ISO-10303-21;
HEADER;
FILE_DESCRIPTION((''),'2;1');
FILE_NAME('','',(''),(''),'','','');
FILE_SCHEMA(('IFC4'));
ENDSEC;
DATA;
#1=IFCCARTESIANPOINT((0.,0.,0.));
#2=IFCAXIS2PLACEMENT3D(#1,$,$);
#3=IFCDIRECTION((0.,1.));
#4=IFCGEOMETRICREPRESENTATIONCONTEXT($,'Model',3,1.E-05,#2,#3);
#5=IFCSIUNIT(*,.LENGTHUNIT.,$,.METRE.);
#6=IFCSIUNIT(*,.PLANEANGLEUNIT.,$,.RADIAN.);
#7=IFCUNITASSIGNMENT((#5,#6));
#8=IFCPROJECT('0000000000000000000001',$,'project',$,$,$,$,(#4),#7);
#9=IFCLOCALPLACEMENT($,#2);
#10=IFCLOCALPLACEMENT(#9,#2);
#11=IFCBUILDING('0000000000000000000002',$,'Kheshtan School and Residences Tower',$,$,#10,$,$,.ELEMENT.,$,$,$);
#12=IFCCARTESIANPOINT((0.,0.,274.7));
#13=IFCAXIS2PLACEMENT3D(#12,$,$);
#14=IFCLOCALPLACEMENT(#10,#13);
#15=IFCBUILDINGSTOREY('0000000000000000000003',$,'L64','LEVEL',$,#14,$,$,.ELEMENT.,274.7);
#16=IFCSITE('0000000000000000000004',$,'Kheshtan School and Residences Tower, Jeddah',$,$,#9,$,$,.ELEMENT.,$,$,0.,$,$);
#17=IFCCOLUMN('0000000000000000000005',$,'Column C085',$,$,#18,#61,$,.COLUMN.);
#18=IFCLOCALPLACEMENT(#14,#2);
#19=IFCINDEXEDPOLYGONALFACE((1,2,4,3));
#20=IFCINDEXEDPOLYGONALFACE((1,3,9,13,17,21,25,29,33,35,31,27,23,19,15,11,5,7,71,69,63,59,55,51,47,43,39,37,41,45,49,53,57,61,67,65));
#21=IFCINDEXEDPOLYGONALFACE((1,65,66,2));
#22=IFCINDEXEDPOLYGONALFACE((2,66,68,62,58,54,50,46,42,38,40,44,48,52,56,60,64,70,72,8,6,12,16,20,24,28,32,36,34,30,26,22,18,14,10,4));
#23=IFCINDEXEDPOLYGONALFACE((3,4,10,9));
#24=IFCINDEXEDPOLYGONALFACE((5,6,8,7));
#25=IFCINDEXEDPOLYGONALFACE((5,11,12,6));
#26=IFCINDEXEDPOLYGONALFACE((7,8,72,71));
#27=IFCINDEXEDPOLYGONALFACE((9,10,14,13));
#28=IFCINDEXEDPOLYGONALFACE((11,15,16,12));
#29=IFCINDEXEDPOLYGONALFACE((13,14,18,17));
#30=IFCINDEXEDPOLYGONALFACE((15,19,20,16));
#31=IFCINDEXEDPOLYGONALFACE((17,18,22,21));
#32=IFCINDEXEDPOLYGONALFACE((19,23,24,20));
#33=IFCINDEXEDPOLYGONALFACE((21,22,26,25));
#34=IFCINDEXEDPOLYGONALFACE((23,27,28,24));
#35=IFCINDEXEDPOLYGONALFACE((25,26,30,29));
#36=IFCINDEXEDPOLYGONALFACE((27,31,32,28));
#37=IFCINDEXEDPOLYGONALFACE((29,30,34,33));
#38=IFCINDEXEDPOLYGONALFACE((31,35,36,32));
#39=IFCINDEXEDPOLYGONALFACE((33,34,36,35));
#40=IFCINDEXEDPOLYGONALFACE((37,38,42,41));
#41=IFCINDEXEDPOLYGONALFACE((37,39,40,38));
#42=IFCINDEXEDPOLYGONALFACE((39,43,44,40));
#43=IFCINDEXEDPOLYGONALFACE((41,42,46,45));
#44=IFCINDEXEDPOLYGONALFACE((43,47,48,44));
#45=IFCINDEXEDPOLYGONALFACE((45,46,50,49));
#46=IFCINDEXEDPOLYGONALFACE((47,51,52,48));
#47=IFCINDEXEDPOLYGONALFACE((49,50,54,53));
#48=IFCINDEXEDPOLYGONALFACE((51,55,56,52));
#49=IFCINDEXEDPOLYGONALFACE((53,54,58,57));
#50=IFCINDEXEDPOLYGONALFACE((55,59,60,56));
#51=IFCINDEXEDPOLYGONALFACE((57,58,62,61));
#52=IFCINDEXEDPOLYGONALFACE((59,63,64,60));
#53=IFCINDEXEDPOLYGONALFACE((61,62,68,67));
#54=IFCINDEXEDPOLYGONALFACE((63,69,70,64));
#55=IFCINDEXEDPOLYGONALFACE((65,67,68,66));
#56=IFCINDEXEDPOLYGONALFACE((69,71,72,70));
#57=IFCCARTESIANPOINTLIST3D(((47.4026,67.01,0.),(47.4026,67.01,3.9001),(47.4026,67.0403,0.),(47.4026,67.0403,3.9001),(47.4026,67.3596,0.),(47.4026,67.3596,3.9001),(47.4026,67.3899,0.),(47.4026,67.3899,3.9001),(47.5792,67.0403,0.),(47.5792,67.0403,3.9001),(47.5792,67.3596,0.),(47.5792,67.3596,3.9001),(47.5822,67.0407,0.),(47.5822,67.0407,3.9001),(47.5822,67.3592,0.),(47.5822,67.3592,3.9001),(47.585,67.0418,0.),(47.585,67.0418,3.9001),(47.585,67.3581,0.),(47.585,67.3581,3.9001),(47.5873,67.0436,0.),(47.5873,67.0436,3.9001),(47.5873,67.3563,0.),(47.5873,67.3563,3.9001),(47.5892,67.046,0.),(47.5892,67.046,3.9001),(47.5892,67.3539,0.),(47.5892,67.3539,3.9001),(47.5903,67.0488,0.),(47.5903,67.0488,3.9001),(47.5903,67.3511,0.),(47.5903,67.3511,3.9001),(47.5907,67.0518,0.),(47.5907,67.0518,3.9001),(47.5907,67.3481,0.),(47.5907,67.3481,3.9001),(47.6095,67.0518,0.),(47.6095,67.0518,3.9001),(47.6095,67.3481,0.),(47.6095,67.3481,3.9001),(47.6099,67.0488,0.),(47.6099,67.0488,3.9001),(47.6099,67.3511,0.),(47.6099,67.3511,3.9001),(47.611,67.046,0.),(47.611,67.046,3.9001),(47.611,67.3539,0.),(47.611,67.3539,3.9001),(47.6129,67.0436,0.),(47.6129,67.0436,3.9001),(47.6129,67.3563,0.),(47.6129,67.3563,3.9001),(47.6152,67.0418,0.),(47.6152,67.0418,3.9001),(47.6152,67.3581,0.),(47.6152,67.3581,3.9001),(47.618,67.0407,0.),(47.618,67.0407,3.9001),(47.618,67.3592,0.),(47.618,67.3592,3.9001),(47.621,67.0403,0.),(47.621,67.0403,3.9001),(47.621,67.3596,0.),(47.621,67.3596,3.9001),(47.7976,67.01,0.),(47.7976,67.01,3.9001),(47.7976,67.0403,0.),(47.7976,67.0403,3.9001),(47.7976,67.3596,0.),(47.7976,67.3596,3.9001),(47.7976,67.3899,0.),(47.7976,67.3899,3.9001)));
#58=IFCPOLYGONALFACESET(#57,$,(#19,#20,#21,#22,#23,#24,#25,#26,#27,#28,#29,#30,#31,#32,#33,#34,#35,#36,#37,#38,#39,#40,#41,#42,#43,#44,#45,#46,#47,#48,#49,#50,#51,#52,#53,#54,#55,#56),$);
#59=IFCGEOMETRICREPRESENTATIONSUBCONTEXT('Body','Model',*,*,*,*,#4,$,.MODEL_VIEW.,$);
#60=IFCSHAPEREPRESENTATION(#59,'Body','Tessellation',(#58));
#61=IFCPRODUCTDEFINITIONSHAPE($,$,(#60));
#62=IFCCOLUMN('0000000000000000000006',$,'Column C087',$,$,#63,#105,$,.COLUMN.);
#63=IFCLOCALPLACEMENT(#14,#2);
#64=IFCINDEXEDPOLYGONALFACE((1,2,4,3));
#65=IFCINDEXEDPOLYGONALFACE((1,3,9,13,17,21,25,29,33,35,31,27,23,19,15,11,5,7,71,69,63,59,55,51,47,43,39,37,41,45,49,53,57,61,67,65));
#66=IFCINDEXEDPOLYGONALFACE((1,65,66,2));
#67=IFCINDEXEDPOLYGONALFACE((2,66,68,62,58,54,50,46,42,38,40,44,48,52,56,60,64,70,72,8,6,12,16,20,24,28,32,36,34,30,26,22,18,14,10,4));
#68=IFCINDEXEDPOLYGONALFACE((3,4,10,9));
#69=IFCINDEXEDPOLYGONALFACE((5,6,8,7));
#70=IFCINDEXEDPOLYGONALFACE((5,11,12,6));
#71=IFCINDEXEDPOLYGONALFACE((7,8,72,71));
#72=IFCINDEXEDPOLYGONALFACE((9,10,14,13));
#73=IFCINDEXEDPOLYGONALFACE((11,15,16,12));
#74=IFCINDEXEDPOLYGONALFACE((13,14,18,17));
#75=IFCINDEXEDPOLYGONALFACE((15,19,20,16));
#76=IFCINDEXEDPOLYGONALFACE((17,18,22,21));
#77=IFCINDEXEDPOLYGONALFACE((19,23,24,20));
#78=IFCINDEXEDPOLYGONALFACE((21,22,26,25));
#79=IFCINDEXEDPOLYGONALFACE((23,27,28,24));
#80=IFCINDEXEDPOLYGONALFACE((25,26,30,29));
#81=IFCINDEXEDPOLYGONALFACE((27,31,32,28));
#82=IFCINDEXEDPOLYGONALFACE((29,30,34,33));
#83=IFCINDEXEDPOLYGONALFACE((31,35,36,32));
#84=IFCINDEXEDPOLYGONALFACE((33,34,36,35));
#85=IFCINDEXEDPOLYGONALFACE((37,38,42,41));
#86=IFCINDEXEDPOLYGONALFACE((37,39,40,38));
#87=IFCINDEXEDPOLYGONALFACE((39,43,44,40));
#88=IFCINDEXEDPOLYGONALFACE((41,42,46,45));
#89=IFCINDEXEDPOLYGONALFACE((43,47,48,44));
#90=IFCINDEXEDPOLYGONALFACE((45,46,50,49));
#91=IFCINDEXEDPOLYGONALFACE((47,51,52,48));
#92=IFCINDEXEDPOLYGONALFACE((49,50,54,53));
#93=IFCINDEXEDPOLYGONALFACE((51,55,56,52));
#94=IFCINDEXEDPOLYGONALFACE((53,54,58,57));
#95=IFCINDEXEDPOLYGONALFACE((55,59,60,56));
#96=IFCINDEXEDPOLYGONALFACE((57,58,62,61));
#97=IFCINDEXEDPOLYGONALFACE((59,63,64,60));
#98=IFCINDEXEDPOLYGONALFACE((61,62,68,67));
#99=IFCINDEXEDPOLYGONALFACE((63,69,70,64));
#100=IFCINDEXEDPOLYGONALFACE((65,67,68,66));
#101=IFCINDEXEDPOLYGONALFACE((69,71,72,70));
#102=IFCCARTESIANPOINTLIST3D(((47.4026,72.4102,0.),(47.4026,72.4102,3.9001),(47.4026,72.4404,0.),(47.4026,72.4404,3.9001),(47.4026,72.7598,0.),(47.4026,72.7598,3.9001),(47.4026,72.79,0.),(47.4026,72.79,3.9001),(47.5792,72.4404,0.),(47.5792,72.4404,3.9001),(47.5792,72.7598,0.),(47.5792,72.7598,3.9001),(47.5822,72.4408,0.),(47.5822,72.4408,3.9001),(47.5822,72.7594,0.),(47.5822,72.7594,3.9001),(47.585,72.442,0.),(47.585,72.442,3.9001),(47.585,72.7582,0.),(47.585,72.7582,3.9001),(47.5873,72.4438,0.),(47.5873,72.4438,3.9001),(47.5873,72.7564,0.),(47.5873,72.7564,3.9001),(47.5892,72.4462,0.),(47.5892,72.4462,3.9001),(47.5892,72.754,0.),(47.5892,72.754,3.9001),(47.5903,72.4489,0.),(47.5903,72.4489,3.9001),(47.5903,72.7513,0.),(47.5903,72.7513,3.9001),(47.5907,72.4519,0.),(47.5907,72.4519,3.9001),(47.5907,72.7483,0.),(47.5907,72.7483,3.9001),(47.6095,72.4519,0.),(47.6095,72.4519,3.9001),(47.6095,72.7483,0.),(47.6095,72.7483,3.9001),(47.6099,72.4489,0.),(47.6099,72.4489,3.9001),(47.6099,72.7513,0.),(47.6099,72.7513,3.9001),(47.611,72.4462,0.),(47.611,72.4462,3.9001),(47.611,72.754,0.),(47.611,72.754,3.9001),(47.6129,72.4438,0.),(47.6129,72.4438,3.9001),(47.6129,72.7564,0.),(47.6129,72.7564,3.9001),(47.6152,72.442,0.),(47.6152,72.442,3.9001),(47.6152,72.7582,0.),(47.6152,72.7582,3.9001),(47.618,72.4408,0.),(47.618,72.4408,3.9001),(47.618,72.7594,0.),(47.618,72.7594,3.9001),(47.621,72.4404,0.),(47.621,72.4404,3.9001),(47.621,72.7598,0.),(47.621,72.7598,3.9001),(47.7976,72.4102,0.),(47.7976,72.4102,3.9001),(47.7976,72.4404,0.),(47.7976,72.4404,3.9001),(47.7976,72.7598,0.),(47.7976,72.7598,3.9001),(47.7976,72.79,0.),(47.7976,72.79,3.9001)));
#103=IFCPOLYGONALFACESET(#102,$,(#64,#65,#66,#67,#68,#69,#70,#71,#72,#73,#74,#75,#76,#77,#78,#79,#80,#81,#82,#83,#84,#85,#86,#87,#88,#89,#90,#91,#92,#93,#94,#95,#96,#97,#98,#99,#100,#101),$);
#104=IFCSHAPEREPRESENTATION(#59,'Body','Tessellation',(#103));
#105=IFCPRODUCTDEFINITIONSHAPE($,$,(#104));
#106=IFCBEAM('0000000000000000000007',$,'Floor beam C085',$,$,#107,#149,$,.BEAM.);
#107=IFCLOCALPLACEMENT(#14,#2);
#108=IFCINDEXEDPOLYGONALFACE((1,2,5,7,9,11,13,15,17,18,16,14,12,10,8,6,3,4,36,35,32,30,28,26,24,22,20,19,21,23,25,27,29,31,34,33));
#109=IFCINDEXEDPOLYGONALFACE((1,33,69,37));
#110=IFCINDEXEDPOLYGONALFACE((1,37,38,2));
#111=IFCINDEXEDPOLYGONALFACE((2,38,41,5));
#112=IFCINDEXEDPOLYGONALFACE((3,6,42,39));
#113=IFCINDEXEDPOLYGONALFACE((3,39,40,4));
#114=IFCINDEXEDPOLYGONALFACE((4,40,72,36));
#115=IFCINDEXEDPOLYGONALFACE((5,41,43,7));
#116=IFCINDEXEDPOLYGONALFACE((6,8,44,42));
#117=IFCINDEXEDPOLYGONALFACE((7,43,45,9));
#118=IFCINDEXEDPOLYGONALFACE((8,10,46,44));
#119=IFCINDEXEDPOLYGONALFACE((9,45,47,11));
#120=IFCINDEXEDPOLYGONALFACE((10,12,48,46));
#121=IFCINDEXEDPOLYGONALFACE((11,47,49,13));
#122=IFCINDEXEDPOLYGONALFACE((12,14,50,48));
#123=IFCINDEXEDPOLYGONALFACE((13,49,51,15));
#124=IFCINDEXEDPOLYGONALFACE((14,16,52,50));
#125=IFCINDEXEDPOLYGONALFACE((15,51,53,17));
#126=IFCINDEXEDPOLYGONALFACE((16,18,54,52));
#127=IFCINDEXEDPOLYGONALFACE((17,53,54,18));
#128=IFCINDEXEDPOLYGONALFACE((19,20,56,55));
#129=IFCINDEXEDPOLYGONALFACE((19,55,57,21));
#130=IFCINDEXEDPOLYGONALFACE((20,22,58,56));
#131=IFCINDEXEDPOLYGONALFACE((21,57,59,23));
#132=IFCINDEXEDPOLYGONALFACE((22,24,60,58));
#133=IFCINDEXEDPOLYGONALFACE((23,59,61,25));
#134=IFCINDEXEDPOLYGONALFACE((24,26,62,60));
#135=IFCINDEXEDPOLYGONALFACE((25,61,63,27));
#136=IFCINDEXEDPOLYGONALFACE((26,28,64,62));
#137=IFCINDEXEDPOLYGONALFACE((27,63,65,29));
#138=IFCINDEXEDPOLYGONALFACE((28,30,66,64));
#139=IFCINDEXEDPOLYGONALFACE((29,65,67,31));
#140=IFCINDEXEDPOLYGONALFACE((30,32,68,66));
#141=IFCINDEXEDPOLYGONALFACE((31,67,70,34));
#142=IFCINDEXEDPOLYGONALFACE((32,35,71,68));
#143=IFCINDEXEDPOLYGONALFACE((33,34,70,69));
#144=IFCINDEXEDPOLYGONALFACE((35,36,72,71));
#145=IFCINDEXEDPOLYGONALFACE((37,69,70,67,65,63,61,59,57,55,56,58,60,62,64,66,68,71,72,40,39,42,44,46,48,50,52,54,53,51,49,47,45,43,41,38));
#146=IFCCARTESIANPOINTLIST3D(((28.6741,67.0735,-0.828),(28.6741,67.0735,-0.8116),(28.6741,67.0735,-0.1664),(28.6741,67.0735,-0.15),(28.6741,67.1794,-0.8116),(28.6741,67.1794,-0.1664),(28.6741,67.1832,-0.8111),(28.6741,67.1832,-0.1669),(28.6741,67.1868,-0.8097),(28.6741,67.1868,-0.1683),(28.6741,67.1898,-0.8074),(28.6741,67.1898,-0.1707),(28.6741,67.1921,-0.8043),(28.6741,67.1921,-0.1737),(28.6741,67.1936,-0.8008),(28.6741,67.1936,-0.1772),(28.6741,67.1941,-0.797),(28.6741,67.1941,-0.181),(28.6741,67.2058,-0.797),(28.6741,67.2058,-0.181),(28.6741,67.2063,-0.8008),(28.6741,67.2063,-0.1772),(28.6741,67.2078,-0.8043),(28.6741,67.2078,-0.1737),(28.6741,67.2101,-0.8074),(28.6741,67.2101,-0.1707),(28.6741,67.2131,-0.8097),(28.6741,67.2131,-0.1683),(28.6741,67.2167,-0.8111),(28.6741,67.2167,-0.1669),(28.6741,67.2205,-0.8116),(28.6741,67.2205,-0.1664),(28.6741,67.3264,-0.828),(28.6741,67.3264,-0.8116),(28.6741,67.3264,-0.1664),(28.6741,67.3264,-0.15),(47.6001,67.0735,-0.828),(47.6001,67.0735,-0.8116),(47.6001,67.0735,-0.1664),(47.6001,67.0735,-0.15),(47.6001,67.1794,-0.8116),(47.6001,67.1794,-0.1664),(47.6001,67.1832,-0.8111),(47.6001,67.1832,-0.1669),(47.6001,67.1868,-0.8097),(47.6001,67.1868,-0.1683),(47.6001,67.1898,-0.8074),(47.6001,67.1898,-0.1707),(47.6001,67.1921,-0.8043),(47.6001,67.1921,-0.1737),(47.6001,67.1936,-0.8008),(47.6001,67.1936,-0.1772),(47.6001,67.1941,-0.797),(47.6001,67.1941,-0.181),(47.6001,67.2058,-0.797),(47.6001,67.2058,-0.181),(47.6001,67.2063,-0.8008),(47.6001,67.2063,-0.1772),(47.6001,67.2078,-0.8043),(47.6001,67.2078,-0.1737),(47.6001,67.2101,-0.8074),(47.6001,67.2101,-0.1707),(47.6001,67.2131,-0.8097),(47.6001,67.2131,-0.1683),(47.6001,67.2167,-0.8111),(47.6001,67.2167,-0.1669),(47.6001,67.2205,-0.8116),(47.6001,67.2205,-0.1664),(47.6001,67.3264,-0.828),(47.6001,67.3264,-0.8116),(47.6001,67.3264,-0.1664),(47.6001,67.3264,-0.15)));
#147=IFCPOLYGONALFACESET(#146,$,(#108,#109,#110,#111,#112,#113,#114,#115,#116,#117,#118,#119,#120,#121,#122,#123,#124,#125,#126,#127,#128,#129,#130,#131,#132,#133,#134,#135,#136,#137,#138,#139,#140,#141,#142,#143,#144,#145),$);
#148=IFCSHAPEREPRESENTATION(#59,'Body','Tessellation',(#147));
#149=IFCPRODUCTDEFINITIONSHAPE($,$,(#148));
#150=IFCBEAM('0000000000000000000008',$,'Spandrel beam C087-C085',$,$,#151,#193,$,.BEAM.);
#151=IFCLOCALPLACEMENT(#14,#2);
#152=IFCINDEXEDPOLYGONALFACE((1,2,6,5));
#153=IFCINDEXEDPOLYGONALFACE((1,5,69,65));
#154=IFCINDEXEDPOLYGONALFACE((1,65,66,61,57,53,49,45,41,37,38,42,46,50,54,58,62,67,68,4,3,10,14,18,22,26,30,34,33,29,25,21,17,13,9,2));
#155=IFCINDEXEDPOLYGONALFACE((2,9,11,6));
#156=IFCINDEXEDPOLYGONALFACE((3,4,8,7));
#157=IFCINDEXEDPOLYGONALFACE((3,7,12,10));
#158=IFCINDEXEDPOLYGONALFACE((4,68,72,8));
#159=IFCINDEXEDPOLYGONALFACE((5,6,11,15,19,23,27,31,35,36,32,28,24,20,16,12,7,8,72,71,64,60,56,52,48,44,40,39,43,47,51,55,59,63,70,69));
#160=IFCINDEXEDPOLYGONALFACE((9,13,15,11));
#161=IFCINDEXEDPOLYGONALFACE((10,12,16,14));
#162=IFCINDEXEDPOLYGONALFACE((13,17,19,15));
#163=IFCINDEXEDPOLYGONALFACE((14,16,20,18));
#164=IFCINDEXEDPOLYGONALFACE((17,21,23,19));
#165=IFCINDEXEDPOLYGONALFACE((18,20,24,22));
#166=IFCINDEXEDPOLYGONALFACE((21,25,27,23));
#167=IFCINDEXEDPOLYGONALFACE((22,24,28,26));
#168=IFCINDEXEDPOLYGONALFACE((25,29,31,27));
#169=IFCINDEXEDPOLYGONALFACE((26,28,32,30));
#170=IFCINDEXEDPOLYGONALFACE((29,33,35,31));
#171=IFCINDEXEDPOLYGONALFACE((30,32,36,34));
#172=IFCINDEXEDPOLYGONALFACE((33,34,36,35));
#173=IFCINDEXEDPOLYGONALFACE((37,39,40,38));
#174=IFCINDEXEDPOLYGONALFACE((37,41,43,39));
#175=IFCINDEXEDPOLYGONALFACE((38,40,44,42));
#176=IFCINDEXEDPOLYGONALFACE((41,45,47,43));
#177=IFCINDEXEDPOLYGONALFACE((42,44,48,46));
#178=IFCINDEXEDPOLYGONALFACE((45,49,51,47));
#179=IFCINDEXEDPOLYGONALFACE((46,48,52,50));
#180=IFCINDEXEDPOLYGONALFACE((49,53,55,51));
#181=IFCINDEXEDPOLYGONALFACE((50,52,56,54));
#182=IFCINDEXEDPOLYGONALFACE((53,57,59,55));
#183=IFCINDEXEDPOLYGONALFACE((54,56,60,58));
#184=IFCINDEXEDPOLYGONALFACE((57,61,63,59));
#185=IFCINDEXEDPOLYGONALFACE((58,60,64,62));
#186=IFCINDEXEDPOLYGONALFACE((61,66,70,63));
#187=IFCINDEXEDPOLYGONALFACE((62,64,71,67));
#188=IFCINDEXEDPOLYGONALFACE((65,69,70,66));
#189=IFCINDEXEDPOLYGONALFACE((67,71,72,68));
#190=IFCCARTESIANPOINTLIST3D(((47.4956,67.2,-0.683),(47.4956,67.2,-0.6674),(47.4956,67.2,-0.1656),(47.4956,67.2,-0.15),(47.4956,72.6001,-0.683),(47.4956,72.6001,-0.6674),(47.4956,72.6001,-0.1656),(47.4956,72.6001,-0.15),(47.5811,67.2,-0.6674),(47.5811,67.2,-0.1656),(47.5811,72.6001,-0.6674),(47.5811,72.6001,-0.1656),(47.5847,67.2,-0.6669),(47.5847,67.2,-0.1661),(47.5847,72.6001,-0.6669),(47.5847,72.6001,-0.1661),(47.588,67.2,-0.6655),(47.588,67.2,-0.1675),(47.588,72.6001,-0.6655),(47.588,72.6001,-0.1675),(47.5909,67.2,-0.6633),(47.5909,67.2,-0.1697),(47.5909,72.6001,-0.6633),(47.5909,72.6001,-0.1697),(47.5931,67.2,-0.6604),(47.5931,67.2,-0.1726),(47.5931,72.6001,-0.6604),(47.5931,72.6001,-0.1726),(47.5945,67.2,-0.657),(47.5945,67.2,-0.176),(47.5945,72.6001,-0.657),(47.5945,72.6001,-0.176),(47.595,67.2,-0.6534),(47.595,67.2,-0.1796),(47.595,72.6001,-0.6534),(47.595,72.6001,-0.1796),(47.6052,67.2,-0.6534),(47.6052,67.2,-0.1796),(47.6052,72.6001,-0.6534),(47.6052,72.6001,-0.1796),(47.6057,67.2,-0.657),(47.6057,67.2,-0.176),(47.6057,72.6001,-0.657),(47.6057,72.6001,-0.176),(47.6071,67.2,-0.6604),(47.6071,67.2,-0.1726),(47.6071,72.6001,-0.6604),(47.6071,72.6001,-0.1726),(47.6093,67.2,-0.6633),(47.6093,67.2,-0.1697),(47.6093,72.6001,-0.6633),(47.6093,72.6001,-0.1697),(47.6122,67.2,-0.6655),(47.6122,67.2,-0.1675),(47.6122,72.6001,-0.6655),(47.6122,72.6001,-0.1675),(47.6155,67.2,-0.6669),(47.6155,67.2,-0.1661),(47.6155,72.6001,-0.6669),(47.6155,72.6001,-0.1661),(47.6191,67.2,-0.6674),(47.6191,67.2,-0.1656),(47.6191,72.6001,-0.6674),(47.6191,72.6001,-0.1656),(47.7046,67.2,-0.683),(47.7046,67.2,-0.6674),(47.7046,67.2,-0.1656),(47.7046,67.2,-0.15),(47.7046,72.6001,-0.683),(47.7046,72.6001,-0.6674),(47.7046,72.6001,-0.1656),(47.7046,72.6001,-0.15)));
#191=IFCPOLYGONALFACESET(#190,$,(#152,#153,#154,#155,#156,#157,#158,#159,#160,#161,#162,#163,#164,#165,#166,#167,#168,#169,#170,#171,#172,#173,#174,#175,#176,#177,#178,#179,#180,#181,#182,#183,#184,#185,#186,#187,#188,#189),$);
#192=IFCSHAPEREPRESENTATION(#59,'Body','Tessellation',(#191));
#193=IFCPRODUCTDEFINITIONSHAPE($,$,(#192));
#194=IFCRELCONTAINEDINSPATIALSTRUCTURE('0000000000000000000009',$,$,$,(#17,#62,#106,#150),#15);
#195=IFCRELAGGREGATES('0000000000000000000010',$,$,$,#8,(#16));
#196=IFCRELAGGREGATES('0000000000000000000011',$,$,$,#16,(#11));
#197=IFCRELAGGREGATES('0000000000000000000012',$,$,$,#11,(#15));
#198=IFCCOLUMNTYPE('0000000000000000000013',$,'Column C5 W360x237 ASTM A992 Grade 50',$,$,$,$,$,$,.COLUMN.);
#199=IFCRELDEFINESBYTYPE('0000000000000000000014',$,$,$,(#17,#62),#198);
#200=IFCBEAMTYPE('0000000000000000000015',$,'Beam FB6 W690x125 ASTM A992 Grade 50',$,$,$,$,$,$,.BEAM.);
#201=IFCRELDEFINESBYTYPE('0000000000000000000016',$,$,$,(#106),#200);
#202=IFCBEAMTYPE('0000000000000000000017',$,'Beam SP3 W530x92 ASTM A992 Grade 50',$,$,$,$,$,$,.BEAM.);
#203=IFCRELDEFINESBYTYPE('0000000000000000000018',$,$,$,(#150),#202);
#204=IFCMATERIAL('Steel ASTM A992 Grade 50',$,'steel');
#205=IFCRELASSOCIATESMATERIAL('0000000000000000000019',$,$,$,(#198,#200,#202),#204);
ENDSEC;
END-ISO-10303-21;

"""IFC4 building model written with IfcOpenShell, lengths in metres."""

from ifc_helpers import new_model, si_unit, direction, frame, origin, origin_2d, place, context, subcontext, project, spatial, i_section, extrude, material, material_profile, profile_set, type_object, element, save


model = new_model("IFC4")

# Units and contexts
model_context = context("Model", 3, precision=1e-05, world=origin(), true_north=direction((0.0, 1.0)))
body_context = subcontext(model_context, "Body", "Model", "MODEL_VIEW")
ifc_project = project(units=[si_unit("LENGTHUNIT", "METRE"), si_unit("PLANEANGLEUNIT", "RADIAN")], contexts=[model_context])

# Site, building, storey
site_placement = place(None, origin())
site = spatial("IfcSite", under=ifc_project, at=site_placement, Name="Kheshtan School and Residences Tower, Jeddah", CompositionType="ELEMENT", RefElevation=0.0)
building_placement = place(site_placement, origin())
building = spatial("IfcBuilding", under=site, at=building_placement, Name="Kheshtan School and Residences Tower", CompositionType="ELEMENT")
storey_placement = place(building_placement, frame((0.0, 0.0, 274.7)))
storey = spatial("IfcBuildingStorey", under=building, at=storey_placement, Name="L64", Description="LEVEL", CompositionType="ELEMENT", Elevation=274.7)

# Columns
ifc_material_1 = material(Name="Steel ASTM A992 Grade 50", Category="steel")
ifc_material_profile_1 = material_profile(ifc_material_1, i_section(OverallWidth=0.395, OverallDepth=0.3799, WebThickness=0.0188, FlangeThickness=0.0303, FilletRadius=0.0115, at=origin_2d()), Name="W360x237")
ifc_profile_set_1 = profile_set([ifc_material_profile_1], Name="Steel ASTM A992 Grade 50")
column_type = type_object("IfcColumnType", Name="Column C5 W360x237 ASTM A992 Grade 50", PredefinedType="COLUMN", material=ifc_profile_set_1)
for number, where, z_axis, x_axis, name in (
    (1, (47.6001, 67.2, 0.0), (0.0, 0.0, 1.0), (1.0, 0.0, 0.0), "Column C085"),
    (2, (47.6001, 72.6001, 0.0), (0.0, 0.0, 1.0), (1.0, 0.0, 0.0), "Column C087"),
):
    element("IfcColumn", number, at=place(storey_placement, frame(where, z_axis=z_axis, x_axis=x_axis)), inside=storey, type_object=column_type, Name=name, PredefinedType="COLUMN", context=body_context, shape_type="SweptSolid", body=[
        extrude(i_section(OverallWidth=0.395, OverallDepth=0.3799, WebThickness=0.0188, FlangeThickness=0.0303, FilletRadius=0.0115, at=origin_2d()), origin(), (0.0, 0.0, 1.0), 3.9001),
    ])

# Beams
ifc_material_profile_2 = material_profile(ifc_material_1, i_section(OverallWidth=0.2529, OverallDepth=0.678, WebThickness=0.0117, FlangeThickness=0.0164, FilletRadius=0.0146, at=origin_2d()), Name="W690x125")
ifc_profile_set_2 = profile_set([ifc_material_profile_2], Name="Steel ASTM A992 Grade 50")
beam_type_1 = type_object("IfcBeamType", Name="Beam FB6 W690x125 ASTM A992 Grade 50", PredefinedType="BEAM", material=ifc_profile_set_2)
beam_1_placement = place(storey_placement, frame((47.6001, 67.2, -0.489), z_axis=(-1.0, 0.0, 0.0), x_axis=(0.0, -1.0, 0.0)))
element("IfcBeam", 3, at=beam_1_placement, inside=storey, type_object=beam_type_1, Name="Floor beam C085", PredefinedType="BEAM", context=body_context, shape_type="SweptSolid", body=[
    extrude(i_section(OverallWidth=0.2529, OverallDepth=0.678, WebThickness=0.0117, FlangeThickness=0.0164, FilletRadius=0.0146, at=origin_2d()), origin(), (0.0, 0.0, 1.0), 18.926),
])
ifc_material_profile_3 = material_profile(ifc_material_1, i_section(OverallWidth=0.209, OverallDepth=0.533, WebThickness=0.0103, FlangeThickness=0.0156, FilletRadius=0.0139, at=origin_2d()), Name="W530x92")
ifc_profile_set_3 = profile_set([ifc_material_profile_3], Name="Steel ASTM A992 Grade 50")
beam_type_2 = type_object("IfcBeamType", Name="Beam SP3 W530x92 ASTM A992 Grade 50", PredefinedType="BEAM", material=ifc_profile_set_3)
beam_2_placement = place(storey_placement, frame((47.6001, 72.6001, -0.4165), z_axis=(0.0, -1.0, 0.0), x_axis=(1.0, 0.0, 0.0)))
element("IfcBeam", 4, at=beam_2_placement, inside=storey, type_object=beam_type_2, Name="Spandrel beam C087-C085", PredefinedType="BEAM", context=body_context, shape_type="SweptSolid", body=[
    extrude(i_section(OverallWidth=0.209, OverallDepth=0.533, WebThickness=0.0103, FlangeThickness=0.0156, FilletRadius=0.0139, at=origin_2d()), origin(), (0.0, 0.0, 1.0), 5.4001),
])

save(model, "model.ifc")
